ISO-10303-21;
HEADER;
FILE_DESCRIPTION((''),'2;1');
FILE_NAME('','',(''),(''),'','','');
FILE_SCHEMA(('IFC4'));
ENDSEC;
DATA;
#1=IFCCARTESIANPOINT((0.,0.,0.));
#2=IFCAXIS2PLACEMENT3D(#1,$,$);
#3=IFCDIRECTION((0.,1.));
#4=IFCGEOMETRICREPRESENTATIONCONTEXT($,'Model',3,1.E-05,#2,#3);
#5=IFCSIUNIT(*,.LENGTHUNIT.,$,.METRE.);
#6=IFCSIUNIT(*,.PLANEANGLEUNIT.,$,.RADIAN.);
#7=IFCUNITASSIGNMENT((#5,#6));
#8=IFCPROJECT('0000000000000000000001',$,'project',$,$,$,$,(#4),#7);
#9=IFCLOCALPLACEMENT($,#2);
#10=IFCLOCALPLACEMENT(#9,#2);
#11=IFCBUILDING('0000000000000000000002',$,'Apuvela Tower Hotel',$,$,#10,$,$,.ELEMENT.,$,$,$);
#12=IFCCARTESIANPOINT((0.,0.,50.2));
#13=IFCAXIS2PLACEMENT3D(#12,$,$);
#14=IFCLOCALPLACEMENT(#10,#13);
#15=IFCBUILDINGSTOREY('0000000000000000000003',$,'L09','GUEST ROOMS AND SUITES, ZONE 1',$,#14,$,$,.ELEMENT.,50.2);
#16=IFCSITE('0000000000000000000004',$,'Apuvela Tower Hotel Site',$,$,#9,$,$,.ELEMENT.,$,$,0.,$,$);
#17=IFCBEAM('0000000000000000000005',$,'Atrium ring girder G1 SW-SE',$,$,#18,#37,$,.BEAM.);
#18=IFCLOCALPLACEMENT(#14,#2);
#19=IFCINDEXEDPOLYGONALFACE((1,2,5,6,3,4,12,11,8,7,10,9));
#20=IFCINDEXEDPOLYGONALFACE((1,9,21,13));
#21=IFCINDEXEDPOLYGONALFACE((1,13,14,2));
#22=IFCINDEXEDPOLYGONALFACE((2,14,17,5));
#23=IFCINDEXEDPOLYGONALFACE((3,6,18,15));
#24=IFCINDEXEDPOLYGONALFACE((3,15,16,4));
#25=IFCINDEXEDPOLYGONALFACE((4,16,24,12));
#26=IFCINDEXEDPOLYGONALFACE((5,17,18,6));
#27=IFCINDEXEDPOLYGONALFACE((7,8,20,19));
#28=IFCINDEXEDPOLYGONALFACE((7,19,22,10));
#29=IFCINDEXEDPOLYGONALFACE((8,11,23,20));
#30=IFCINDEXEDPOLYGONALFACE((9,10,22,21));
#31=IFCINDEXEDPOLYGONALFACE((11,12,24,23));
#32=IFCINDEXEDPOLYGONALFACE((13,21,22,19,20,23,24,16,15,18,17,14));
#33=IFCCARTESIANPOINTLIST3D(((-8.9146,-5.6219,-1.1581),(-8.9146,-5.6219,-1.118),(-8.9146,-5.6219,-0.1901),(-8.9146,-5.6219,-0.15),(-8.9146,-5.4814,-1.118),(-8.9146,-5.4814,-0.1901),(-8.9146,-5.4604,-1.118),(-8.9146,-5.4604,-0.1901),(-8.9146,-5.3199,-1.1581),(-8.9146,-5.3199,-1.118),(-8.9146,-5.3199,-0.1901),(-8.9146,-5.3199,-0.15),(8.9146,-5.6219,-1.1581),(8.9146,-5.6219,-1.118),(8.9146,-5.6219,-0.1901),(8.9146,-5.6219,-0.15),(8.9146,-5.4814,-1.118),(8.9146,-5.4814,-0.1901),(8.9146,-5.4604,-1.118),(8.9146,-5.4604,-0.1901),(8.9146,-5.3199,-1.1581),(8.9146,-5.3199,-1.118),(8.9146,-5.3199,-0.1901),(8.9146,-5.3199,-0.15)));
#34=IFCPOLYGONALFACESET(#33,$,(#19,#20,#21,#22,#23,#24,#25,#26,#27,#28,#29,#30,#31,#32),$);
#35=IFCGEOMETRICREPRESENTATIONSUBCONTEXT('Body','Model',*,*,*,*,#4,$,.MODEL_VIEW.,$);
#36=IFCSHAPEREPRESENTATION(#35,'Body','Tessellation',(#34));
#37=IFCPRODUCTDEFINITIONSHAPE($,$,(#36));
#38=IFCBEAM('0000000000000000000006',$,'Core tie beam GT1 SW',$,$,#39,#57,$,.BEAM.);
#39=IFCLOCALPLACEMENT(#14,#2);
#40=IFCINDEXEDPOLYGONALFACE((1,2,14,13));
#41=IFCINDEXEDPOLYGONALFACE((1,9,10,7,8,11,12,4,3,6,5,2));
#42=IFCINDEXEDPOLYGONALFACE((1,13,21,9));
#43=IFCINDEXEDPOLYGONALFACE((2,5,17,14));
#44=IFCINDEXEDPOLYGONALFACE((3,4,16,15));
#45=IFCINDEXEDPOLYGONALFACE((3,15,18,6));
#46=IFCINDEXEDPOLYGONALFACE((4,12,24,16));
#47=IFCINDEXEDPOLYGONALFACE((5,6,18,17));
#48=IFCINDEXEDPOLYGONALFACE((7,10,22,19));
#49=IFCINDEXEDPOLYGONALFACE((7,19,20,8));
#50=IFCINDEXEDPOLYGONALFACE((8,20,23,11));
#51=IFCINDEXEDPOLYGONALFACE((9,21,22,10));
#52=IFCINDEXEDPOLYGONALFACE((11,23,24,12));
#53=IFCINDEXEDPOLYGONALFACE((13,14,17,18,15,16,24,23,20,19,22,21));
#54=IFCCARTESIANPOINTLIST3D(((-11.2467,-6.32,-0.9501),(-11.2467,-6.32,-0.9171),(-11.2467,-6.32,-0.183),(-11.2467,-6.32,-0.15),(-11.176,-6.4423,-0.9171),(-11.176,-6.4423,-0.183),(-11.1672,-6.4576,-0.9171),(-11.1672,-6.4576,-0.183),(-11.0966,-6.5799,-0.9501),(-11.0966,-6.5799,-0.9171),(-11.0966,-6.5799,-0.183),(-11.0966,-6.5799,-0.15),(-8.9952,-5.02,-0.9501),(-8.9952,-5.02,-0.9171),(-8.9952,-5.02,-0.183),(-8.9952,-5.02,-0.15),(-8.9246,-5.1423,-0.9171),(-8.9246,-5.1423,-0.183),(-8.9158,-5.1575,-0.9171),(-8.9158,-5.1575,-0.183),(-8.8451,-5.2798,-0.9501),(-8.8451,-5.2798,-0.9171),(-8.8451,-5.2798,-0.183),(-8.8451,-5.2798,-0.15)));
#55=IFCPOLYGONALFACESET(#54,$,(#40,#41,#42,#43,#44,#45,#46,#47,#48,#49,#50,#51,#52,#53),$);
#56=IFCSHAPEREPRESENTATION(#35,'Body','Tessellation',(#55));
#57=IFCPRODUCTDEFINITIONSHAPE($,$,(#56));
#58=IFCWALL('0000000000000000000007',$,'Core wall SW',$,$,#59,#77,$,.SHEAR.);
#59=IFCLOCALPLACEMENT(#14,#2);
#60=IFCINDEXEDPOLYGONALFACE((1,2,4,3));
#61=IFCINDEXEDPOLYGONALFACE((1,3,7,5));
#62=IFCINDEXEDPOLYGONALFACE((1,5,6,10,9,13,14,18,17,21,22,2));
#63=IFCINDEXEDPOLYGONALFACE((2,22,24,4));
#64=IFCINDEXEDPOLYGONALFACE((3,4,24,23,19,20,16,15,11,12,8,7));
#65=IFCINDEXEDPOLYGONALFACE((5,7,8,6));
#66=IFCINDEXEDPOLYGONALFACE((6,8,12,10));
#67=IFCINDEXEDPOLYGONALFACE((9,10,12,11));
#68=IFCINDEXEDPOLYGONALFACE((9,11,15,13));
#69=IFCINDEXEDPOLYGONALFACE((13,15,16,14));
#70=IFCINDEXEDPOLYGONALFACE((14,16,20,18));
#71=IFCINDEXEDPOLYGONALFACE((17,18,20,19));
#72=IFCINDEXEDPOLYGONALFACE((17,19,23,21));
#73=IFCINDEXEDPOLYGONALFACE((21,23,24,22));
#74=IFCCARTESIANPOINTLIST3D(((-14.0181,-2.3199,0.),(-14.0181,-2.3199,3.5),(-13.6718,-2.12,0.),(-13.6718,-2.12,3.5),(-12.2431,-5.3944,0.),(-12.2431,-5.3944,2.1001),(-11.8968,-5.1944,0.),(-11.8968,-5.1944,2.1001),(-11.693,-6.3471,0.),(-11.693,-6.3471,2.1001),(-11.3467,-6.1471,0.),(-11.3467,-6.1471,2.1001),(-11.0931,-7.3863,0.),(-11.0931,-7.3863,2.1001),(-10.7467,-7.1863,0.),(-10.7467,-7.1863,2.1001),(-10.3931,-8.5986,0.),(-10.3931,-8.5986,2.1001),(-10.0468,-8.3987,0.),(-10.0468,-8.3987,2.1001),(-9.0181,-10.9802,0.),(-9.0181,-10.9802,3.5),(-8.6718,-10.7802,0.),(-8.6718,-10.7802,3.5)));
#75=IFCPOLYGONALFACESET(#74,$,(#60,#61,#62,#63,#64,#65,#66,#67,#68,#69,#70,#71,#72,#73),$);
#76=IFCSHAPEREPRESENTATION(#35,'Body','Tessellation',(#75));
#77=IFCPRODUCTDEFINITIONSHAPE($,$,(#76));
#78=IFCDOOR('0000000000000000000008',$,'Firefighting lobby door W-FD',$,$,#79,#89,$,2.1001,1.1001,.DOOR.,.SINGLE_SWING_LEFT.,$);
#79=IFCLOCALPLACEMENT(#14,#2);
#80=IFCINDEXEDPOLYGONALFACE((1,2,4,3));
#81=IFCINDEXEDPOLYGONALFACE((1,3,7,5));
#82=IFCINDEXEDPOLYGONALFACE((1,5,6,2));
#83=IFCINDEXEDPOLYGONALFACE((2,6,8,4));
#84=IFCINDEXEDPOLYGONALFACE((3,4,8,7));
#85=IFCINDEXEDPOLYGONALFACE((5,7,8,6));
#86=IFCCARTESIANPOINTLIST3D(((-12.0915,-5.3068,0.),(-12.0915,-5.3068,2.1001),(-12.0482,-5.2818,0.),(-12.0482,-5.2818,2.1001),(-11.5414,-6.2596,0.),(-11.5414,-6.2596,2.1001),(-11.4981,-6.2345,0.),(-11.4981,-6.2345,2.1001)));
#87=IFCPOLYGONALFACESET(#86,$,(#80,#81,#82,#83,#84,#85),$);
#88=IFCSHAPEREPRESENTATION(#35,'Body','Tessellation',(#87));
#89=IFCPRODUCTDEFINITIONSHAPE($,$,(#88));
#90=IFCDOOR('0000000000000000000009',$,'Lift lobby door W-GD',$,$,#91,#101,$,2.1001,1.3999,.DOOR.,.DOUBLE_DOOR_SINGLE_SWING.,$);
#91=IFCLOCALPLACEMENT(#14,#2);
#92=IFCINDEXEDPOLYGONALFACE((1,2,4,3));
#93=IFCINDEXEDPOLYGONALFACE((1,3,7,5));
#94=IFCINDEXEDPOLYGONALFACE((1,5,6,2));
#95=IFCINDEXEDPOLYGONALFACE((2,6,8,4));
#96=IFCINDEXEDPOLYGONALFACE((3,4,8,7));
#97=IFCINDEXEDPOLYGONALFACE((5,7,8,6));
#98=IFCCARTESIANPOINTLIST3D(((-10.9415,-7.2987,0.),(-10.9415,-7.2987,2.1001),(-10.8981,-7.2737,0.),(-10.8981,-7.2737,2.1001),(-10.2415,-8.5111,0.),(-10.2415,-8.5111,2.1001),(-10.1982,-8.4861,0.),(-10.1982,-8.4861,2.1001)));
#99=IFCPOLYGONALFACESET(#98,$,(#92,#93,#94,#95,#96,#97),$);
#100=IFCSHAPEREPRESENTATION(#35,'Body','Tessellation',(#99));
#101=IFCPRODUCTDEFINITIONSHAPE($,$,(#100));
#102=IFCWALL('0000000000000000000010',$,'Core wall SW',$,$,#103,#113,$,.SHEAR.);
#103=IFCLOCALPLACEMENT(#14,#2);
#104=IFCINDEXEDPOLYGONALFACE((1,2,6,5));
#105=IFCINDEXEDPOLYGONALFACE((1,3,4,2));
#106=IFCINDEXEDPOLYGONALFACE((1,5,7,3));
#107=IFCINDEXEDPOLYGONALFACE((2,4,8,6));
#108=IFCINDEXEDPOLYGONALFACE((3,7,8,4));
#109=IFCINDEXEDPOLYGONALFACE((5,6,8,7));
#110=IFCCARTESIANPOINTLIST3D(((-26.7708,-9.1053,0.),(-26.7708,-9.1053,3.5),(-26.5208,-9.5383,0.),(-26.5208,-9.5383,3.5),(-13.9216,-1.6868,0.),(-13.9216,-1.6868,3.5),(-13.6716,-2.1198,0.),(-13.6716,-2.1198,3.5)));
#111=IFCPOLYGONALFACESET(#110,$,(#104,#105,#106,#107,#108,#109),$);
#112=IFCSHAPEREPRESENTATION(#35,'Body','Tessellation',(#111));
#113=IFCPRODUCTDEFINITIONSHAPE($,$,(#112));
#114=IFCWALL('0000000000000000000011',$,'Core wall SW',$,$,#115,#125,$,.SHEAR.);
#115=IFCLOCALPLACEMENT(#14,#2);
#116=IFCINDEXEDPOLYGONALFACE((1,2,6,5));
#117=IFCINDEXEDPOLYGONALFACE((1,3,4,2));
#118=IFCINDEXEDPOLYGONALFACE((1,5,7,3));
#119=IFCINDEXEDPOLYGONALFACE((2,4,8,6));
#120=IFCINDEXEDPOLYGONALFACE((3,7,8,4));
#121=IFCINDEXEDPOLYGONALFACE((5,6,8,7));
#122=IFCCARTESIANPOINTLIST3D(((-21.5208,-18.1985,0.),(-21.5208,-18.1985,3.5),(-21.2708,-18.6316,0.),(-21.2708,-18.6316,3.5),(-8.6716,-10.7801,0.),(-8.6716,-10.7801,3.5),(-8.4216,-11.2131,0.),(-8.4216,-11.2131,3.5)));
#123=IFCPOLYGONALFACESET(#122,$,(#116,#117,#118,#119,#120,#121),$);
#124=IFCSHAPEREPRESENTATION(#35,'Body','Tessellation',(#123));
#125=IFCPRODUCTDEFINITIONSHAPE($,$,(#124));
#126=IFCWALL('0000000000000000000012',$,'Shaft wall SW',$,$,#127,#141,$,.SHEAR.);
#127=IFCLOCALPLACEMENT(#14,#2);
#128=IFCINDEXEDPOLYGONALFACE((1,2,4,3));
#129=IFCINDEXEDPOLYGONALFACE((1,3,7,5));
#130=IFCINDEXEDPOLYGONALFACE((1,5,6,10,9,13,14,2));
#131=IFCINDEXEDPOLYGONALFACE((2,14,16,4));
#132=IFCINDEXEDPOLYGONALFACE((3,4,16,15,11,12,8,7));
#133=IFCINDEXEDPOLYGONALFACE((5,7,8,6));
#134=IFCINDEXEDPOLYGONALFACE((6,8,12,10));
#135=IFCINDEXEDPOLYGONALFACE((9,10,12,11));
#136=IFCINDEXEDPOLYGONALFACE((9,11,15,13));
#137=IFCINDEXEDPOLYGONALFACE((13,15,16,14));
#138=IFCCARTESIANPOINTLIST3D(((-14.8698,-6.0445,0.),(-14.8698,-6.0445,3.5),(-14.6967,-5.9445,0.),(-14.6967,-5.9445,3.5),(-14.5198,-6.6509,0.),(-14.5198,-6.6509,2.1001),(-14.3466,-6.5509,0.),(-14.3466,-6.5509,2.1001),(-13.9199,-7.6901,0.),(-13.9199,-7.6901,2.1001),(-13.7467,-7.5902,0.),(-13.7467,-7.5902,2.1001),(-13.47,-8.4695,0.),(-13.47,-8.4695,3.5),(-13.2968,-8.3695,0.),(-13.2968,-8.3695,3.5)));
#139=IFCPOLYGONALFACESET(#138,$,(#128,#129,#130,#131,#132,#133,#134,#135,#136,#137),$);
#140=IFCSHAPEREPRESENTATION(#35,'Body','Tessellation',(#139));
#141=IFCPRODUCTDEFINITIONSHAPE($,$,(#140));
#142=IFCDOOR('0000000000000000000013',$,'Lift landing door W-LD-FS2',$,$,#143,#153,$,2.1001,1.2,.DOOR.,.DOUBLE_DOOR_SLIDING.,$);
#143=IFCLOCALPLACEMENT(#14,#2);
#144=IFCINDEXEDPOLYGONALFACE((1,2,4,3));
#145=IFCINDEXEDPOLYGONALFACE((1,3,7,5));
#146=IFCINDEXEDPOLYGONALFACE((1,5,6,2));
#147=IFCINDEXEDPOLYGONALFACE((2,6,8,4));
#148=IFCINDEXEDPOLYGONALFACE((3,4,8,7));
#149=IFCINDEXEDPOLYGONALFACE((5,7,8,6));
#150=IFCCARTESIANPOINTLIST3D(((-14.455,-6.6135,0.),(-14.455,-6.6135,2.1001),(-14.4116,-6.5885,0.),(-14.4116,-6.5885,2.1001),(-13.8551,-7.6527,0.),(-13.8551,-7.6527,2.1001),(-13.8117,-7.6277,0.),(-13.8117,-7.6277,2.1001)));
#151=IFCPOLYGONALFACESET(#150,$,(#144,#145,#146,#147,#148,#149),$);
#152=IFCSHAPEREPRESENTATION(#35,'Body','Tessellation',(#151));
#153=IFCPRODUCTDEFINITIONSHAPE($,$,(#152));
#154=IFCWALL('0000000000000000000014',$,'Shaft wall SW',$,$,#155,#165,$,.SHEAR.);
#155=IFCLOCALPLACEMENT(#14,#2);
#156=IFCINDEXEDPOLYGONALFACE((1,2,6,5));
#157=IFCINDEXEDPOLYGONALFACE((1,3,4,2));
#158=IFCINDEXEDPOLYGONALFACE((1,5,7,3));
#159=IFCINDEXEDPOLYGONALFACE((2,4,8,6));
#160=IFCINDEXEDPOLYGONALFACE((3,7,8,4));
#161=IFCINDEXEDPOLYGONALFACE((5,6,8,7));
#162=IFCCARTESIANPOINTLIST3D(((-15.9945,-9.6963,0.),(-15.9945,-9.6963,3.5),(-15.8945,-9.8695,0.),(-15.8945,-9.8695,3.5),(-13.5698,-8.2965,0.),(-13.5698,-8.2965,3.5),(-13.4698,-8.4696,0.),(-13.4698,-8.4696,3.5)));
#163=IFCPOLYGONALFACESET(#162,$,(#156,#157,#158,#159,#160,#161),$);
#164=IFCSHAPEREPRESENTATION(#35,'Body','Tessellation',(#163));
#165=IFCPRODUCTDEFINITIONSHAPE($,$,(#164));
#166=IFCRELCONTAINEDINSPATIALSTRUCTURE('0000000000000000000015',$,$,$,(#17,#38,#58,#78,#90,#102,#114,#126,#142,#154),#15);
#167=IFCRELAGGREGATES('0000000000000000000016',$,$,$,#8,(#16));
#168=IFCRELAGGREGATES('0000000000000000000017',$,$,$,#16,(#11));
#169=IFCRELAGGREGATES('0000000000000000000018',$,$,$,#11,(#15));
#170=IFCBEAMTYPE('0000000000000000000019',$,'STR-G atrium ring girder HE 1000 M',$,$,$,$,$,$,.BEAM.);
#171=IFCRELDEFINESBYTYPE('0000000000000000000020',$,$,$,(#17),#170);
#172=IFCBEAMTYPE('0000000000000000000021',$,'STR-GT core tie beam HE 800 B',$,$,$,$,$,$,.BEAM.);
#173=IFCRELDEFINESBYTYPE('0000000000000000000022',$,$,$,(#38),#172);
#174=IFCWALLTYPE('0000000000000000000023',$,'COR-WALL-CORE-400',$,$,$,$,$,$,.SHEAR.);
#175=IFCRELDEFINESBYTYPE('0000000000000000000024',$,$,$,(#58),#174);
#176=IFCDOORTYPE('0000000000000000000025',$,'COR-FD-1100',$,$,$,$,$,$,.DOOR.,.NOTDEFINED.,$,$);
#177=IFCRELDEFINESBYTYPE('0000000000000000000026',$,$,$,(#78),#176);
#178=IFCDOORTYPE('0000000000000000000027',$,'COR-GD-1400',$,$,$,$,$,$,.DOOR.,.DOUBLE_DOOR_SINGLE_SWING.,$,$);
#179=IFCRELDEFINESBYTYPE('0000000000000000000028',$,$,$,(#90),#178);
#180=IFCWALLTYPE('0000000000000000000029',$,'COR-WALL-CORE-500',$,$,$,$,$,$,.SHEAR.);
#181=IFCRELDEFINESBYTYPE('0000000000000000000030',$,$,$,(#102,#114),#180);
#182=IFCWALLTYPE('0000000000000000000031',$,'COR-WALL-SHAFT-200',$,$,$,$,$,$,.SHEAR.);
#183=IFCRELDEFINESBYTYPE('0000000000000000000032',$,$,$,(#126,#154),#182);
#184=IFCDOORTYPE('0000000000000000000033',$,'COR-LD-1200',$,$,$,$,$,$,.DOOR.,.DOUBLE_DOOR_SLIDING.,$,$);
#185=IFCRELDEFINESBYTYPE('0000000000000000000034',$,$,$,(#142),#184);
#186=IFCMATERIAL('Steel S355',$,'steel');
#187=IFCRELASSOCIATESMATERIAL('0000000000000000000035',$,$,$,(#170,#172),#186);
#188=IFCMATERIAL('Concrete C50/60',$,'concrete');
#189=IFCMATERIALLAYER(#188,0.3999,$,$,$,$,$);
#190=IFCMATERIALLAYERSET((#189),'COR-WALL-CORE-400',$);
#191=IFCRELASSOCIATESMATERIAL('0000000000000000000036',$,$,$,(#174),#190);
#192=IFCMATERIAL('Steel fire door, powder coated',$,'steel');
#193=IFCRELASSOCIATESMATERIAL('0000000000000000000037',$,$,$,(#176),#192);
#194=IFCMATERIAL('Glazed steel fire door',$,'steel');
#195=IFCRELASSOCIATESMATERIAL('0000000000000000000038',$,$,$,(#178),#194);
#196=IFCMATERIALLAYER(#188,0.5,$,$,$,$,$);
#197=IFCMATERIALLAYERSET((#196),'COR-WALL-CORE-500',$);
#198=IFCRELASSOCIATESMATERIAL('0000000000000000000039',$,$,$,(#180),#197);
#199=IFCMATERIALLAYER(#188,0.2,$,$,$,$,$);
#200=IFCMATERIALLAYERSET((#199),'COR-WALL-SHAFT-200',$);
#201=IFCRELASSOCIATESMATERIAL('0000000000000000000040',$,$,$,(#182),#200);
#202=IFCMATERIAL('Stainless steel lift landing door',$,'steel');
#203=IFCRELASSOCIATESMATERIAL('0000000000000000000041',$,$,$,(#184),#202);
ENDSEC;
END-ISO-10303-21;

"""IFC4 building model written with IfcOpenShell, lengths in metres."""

from ifc_helpers import new_model, si_unit, direction, frame, frame_2d, origin, origin_2d, place, context, subcontext, project, spatial, rectangle, i_section, extrude, material, layer, layer_set, material_profile, profile_set, type_object, element, fill, save


model = new_model("IFC4")

# Units and contexts
model_context = context("Model", 3, precision=1e-05, world=origin(), true_north=direction((0.0, 1.0)))
body_context = subcontext(model_context, "Body", "Model", "MODEL_VIEW")
ifc_project = project(units=[si_unit("LENGTHUNIT", "METRE"), si_unit("PLANEANGLEUNIT", "RADIAN")], contexts=[model_context])

# Site, building, storey
site_placement = place(None, origin())
site = spatial("IfcSite", under=ifc_project, at=site_placement, Name="Apuvela Tower Hotel Site", CompositionType="ELEMENT", RefElevation=0.0)
building_placement = place(site_placement, origin())
building = spatial("IfcBuilding", under=site, at=building_placement, Name="Apuvela Tower Hotel", CompositionType="ELEMENT")
storey_placement = place(building_placement, frame((0.0, 0.0, 50.2)))
storey = spatial("IfcBuildingStorey", under=building, at=storey_placement, Name="L09", Description="GUEST ROOMS AND SUITES, ZONE 1", CompositionType="ELEMENT", Elevation=50.2)

# Beams
ifc_material_1 = material(Name="Steel S355", Category="steel")
ifc_material_profile_1 = material_profile(ifc_material_1, i_section(OverallWidth=0.302, OverallDepth=1.0081, WebThickness=0.021, FlangeThickness=0.04, at=origin_2d()), Name="HE 1000 M")
ifc_profile_set_1 = profile_set([ifc_material_profile_1], Name="Steel S355")
beam_type_1 = type_object("IfcBeamType", Name="STR-G atrium ring girder HE 1000 M", PredefinedType="BEAM", material=ifc_profile_set_1)
beam_1_placement = place(storey_placement, frame((-8.9146, -5.4709, -0.6541), z_axis=(1.0, 0.0, 0.0), x_axis=(0.0, 1.0, 0.0)))
element("IfcBeam", 1, at=beam_1_placement, inside=storey, type_object=beam_type_1, Name="Atrium ring girder G1 SW-SE", PredefinedType="BEAM", context=body_context, shape_type="SweptSolid", body=[
    extrude(i_section(OverallWidth=0.302, OverallDepth=1.0081, WebThickness=0.021, FlangeThickness=0.04, at=origin_2d()), origin(), (0.0, 0.0, 1.0), 17.8291),
])
ifc_material_profile_2 = material_profile(ifc_material_1, i_section(OverallWidth=0.3, OverallDepth=0.8, WebThickness=0.0176, FlangeThickness=0.033, at=origin_2d()), Name="HE 800 B")
ifc_profile_set_2 = profile_set([ifc_material_profile_2], Name="Steel S355")
beam_type_2 = type_object("IfcBeamType", Name="STR-GT core tie beam HE 800 B", PredefinedType="BEAM", material=ifc_profile_set_2)
beam_2_placement = place(storey_placement, frame((-11.1716, -6.45, -0.55), z_axis=(0.865998, 0.500048, 0.0), x_axis=(-0.500048, 0.865998, 0.0)))
element("IfcBeam", 2, at=beam_2_placement, inside=storey, type_object=beam_type_2, Name="Core tie beam GT1 SW", PredefinedType="BEAM", context=body_context, shape_type="SweptSolid", body=[
    extrude(i_section(OverallWidth=0.3, OverallDepth=0.8, WebThickness=0.0176, FlangeThickness=0.033, at=origin_2d()), origin(), (0.0, 0.0, 1.0), 2.5999),
])

# Wall, openings, doors
ifc_material_2 = material(Name="Concrete C50/60", Category="concrete")
ifc_layer_1 = layer(ifc_material_2, 0.3999)
ifc_layer_set_1 = layer_set([ifc_layer_1], Name="COR-WALL-CORE-400")
wall_type_1 = type_object("IfcWallType", Name="COR-WALL-CORE-400", PredefinedType="SHEAR", material=ifc_layer_set_1)
wall_1_placement = place(storey_placement, frame((-13.845, -2.22, 0.0), z_axis=(0.0, 0.0, 1.0), x_axis=(0.500004, -0.866023, 0.0)))
wall_1 = element("IfcWall", 3, at=wall_1_placement, inside=storey, type_object=wall_type_1, Name="Core wall SW", PredefinedType="SHEAR", context=body_context, shape_type="SweptSolid", body=[
    extrude(rectangle(XDim=10.0, YDim=0.3999, at=frame_2d((5.0, 0.0))), origin(), (0.0, 0.0, 1.0), 3.5),
])
opening_1_placement = place(wall_1_placement, frame((3.55, 0.0, 0.0)))
opening_1 = element("IfcOpeningElement", 4, at=opening_1_placement, cuts=wall_1, PredefinedType="OPENING", context=body_context, shape_type="SweptSolid", body=[
    extrude(rectangle(XDim=1.1001, YDim=2.1001, at=frame_2d((0.55, 1.05))), frame((0.0, 0.21, 0.0), z_axis=(0.0, -1.0, 0.0), x_axis=(1.0, 0.0, 0.0)), (0.0, 0.0, 1.0), 0.4199),
])
opening_2_placement = place(wall_1_placement, frame((5.8501, 0.0, 0.0)))
opening_2 = element("IfcOpeningElement", 5, at=opening_2_placement, cuts=wall_1, PredefinedType="OPENING", context=body_context, shape_type="SweptSolid", body=[
    extrude(rectangle(XDim=1.3999, YDim=2.1001, at=frame_2d((0.7, 1.05))), frame((0.0, 0.21, 0.0), z_axis=(0.0, -1.0, 0.0), x_axis=(1.0, 0.0, 0.0)), (0.0, 0.0, 1.0), 0.4199),
])
ifc_material_3 = material(Name="Steel fire door, powder coated", Category="steel")
door_type_1 = type_object("IfcDoorType", Name="COR-FD-1100", OperationType="NOTDEFINED", PredefinedType="DOOR", material=ifc_material_3)
door_1_placement = place(opening_1_placement, frame((1.1001, 0.0, 0.0), z_axis=(0.0, 0.0, 1.0), x_axis=(-1.0, 0.0, 0.0)))
door_1 = element("IfcDoor", 6, at=door_1_placement, inside=storey, type_object=door_type_1, Name="Firefighting lobby door W-FD", OperationType="SINGLE_SWING_LEFT", OverallHeight=2.1001, OverallWidth=1.1001, PredefinedType="DOOR", context=body_context, shape_type="SweptSolid", body=[
    extrude(rectangle(XDim=1.1001, YDim=2.1001, at=frame_2d((0.55, 1.05))), frame((0.0, 0.0249, 0.0), z_axis=(0.0, -1.0, 0.0), x_axis=(1.0, 0.0, 0.0)), (0.0, 0.0, 1.0), 0.05),
])
fill(opening_1, door_1)
ifc_material_4 = material(Name="Glazed steel fire door", Category="steel")
door_type_2 = type_object("IfcDoorType", Name="COR-GD-1400", OperationType="DOUBLE_DOOR_SINGLE_SWING", PredefinedType="DOOR", material=ifc_material_4)
door_2_placement = place(opening_2_placement, frame((1.3999, 0.0, 0.0), z_axis=(0.0, 0.0, 1.0), x_axis=(-1.0, 0.0, 0.0)))
door_2 = element("IfcDoor", 7, at=door_2_placement, inside=storey, type_object=door_type_2, Name="Lift lobby door W-GD", OperationType="DOUBLE_DOOR_SINGLE_SWING", OverallHeight=2.1001, OverallWidth=1.3999, PredefinedType="DOOR", context=body_context, shape_type="SweptSolid", body=[
    extrude(rectangle(XDim=1.3999, YDim=2.1001, at=frame_2d((0.7, 1.05))), frame((0.0, 0.0249, 0.0), z_axis=(0.0, -1.0, 0.0), x_axis=(1.0, 0.0, 0.0)), (0.0, 0.0, 1.0), 0.05),
])
fill(opening_2, door_2)

# Walls
ifc_layer_2 = layer(ifc_material_2, 0.5)
ifc_layer_set_2 = layer_set([ifc_layer_2], Name="COR-WALL-CORE-500")
wall_type_2 = type_object("IfcWallType", Name="COR-WALL-CORE-500", PredefinedType="SHEAR", material=ifc_layer_set_2)
for number, where, z_axis, x_axis, name in (
    (8, (-13.7966, -1.9033, 0.0), (0.0, 0.0, 1.0), (-0.866025, -0.500001, 0.0), "Core wall SW"),
    (9, (-8.5466, -10.9966, 0.0), (0.0, 0.0, 1.0), (-0.866025, -0.500001, 0.0), "Core wall SW"),
):
    element("IfcWall", number, at=place(storey_placement, frame(where, z_axis=z_axis, x_axis=x_axis)), inside=storey, type_object=wall_type_2, Name=name, PredefinedType="SHEAR", context=body_context, shape_type="SweptSolid", body=[
        extrude(rectangle(XDim=14.8369, YDim=0.5, at=frame_2d((7.4185, 0.0))), origin(), (0.0, 0.0, 1.0), 3.5),
    ])

# Wall, opening, door
ifc_layer_3 = layer(ifc_material_2, 0.2)
ifc_layer_set_3 = layer_set([ifc_layer_3], Name="COR-WALL-SHAFT-200")
wall_type_3 = type_object("IfcWallType", Name="COR-WALL-SHAFT-200", PredefinedType="SHEAR", material=ifc_layer_set_3)
wall_2_placement = place(storey_placement, frame((-14.7832, -5.9946, 0.0), z_axis=(0.0, 0.0, 1.0), x_axis=(0.499946, -0.866056, 0.0)))
wall_2 = element("IfcWall", 10, at=wall_2_placement, inside=storey, type_object=wall_type_3, Name="Shaft wall SW", PredefinedType="SHEAR", context=body_context, shape_type="SweptSolid", body=[
    extrude(rectangle(XDim=2.8, YDim=0.2, at=frame_2d((1.3999, 0.0))), origin(), (0.0, 0.0, 1.0), 3.5),
])
opening_3_placement = place(wall_2_placement, frame((0.7, 0.0, 0.0)))
opening_3 = element("IfcOpeningElement", 11, at=opening_3_placement, cuts=wall_2, PredefinedType="OPENING", context=body_context, shape_type="SweptSolid", body=[
    extrude(rectangle(XDim=1.2, YDim=2.1001, at=frame_2d((0.6001, 1.05))), frame((0.0, 0.1099, 0.0), z_axis=(0.0, -1.0, 0.0), x_axis=(1.0, 0.0, 0.0)), (0.0, 0.0, 1.0), 0.22),
])
ifc_material_5 = material(Name="Stainless steel lift landing door", Category="steel")
door_type_3 = type_object("IfcDoorType", Name="COR-LD-1200", OperationType="DOUBLE_DOOR_SLIDING", PredefinedType="DOOR", material=ifc_material_5)
door_3_placement = place(opening_3_placement, origin())
door_3 = element("IfcDoor", 12, at=door_3_placement, inside=storey, type_object=door_type_3, Name="Lift landing door W-LD-FS2", OperationType="DOUBLE_DOOR_SLIDING", OverallHeight=2.1001, OverallWidth=1.2, PredefinedType="DOOR", context=body_context, shape_type="SweptSolid", body=[
    extrude(rectangle(XDim=1.2, YDim=2.1001, at=frame_2d((0.6001, 1.05))), frame((0.0, 0.0249, 0.0), z_axis=(0.0, -1.0, 0.0), x_axis=(1.0, 0.0, 0.0)), (0.0, 0.0, 1.0), 0.05),
])
fill(opening_3, door_3)

# Wall
wall_3_placement = place(storey_placement, frame((-13.5198, -8.3831, 0.0), z_axis=(0.0, 0.0, 1.0), x_axis=(-0.866035, -0.499984, 0.0)))
element("IfcWall", 13, at=wall_3_placement, inside=storey, type_object=wall_type_3, Name="Shaft wall SW", PredefinedType="SHEAR", context=body_context, shape_type="SweptSolid", body=[
    extrude(rectangle(XDim=2.7998, YDim=0.2, at=frame_2d((1.3999, 0.0))), origin(), (0.0, 0.0, 1.0), 3.5),
])

save(model, "model.ifc")
